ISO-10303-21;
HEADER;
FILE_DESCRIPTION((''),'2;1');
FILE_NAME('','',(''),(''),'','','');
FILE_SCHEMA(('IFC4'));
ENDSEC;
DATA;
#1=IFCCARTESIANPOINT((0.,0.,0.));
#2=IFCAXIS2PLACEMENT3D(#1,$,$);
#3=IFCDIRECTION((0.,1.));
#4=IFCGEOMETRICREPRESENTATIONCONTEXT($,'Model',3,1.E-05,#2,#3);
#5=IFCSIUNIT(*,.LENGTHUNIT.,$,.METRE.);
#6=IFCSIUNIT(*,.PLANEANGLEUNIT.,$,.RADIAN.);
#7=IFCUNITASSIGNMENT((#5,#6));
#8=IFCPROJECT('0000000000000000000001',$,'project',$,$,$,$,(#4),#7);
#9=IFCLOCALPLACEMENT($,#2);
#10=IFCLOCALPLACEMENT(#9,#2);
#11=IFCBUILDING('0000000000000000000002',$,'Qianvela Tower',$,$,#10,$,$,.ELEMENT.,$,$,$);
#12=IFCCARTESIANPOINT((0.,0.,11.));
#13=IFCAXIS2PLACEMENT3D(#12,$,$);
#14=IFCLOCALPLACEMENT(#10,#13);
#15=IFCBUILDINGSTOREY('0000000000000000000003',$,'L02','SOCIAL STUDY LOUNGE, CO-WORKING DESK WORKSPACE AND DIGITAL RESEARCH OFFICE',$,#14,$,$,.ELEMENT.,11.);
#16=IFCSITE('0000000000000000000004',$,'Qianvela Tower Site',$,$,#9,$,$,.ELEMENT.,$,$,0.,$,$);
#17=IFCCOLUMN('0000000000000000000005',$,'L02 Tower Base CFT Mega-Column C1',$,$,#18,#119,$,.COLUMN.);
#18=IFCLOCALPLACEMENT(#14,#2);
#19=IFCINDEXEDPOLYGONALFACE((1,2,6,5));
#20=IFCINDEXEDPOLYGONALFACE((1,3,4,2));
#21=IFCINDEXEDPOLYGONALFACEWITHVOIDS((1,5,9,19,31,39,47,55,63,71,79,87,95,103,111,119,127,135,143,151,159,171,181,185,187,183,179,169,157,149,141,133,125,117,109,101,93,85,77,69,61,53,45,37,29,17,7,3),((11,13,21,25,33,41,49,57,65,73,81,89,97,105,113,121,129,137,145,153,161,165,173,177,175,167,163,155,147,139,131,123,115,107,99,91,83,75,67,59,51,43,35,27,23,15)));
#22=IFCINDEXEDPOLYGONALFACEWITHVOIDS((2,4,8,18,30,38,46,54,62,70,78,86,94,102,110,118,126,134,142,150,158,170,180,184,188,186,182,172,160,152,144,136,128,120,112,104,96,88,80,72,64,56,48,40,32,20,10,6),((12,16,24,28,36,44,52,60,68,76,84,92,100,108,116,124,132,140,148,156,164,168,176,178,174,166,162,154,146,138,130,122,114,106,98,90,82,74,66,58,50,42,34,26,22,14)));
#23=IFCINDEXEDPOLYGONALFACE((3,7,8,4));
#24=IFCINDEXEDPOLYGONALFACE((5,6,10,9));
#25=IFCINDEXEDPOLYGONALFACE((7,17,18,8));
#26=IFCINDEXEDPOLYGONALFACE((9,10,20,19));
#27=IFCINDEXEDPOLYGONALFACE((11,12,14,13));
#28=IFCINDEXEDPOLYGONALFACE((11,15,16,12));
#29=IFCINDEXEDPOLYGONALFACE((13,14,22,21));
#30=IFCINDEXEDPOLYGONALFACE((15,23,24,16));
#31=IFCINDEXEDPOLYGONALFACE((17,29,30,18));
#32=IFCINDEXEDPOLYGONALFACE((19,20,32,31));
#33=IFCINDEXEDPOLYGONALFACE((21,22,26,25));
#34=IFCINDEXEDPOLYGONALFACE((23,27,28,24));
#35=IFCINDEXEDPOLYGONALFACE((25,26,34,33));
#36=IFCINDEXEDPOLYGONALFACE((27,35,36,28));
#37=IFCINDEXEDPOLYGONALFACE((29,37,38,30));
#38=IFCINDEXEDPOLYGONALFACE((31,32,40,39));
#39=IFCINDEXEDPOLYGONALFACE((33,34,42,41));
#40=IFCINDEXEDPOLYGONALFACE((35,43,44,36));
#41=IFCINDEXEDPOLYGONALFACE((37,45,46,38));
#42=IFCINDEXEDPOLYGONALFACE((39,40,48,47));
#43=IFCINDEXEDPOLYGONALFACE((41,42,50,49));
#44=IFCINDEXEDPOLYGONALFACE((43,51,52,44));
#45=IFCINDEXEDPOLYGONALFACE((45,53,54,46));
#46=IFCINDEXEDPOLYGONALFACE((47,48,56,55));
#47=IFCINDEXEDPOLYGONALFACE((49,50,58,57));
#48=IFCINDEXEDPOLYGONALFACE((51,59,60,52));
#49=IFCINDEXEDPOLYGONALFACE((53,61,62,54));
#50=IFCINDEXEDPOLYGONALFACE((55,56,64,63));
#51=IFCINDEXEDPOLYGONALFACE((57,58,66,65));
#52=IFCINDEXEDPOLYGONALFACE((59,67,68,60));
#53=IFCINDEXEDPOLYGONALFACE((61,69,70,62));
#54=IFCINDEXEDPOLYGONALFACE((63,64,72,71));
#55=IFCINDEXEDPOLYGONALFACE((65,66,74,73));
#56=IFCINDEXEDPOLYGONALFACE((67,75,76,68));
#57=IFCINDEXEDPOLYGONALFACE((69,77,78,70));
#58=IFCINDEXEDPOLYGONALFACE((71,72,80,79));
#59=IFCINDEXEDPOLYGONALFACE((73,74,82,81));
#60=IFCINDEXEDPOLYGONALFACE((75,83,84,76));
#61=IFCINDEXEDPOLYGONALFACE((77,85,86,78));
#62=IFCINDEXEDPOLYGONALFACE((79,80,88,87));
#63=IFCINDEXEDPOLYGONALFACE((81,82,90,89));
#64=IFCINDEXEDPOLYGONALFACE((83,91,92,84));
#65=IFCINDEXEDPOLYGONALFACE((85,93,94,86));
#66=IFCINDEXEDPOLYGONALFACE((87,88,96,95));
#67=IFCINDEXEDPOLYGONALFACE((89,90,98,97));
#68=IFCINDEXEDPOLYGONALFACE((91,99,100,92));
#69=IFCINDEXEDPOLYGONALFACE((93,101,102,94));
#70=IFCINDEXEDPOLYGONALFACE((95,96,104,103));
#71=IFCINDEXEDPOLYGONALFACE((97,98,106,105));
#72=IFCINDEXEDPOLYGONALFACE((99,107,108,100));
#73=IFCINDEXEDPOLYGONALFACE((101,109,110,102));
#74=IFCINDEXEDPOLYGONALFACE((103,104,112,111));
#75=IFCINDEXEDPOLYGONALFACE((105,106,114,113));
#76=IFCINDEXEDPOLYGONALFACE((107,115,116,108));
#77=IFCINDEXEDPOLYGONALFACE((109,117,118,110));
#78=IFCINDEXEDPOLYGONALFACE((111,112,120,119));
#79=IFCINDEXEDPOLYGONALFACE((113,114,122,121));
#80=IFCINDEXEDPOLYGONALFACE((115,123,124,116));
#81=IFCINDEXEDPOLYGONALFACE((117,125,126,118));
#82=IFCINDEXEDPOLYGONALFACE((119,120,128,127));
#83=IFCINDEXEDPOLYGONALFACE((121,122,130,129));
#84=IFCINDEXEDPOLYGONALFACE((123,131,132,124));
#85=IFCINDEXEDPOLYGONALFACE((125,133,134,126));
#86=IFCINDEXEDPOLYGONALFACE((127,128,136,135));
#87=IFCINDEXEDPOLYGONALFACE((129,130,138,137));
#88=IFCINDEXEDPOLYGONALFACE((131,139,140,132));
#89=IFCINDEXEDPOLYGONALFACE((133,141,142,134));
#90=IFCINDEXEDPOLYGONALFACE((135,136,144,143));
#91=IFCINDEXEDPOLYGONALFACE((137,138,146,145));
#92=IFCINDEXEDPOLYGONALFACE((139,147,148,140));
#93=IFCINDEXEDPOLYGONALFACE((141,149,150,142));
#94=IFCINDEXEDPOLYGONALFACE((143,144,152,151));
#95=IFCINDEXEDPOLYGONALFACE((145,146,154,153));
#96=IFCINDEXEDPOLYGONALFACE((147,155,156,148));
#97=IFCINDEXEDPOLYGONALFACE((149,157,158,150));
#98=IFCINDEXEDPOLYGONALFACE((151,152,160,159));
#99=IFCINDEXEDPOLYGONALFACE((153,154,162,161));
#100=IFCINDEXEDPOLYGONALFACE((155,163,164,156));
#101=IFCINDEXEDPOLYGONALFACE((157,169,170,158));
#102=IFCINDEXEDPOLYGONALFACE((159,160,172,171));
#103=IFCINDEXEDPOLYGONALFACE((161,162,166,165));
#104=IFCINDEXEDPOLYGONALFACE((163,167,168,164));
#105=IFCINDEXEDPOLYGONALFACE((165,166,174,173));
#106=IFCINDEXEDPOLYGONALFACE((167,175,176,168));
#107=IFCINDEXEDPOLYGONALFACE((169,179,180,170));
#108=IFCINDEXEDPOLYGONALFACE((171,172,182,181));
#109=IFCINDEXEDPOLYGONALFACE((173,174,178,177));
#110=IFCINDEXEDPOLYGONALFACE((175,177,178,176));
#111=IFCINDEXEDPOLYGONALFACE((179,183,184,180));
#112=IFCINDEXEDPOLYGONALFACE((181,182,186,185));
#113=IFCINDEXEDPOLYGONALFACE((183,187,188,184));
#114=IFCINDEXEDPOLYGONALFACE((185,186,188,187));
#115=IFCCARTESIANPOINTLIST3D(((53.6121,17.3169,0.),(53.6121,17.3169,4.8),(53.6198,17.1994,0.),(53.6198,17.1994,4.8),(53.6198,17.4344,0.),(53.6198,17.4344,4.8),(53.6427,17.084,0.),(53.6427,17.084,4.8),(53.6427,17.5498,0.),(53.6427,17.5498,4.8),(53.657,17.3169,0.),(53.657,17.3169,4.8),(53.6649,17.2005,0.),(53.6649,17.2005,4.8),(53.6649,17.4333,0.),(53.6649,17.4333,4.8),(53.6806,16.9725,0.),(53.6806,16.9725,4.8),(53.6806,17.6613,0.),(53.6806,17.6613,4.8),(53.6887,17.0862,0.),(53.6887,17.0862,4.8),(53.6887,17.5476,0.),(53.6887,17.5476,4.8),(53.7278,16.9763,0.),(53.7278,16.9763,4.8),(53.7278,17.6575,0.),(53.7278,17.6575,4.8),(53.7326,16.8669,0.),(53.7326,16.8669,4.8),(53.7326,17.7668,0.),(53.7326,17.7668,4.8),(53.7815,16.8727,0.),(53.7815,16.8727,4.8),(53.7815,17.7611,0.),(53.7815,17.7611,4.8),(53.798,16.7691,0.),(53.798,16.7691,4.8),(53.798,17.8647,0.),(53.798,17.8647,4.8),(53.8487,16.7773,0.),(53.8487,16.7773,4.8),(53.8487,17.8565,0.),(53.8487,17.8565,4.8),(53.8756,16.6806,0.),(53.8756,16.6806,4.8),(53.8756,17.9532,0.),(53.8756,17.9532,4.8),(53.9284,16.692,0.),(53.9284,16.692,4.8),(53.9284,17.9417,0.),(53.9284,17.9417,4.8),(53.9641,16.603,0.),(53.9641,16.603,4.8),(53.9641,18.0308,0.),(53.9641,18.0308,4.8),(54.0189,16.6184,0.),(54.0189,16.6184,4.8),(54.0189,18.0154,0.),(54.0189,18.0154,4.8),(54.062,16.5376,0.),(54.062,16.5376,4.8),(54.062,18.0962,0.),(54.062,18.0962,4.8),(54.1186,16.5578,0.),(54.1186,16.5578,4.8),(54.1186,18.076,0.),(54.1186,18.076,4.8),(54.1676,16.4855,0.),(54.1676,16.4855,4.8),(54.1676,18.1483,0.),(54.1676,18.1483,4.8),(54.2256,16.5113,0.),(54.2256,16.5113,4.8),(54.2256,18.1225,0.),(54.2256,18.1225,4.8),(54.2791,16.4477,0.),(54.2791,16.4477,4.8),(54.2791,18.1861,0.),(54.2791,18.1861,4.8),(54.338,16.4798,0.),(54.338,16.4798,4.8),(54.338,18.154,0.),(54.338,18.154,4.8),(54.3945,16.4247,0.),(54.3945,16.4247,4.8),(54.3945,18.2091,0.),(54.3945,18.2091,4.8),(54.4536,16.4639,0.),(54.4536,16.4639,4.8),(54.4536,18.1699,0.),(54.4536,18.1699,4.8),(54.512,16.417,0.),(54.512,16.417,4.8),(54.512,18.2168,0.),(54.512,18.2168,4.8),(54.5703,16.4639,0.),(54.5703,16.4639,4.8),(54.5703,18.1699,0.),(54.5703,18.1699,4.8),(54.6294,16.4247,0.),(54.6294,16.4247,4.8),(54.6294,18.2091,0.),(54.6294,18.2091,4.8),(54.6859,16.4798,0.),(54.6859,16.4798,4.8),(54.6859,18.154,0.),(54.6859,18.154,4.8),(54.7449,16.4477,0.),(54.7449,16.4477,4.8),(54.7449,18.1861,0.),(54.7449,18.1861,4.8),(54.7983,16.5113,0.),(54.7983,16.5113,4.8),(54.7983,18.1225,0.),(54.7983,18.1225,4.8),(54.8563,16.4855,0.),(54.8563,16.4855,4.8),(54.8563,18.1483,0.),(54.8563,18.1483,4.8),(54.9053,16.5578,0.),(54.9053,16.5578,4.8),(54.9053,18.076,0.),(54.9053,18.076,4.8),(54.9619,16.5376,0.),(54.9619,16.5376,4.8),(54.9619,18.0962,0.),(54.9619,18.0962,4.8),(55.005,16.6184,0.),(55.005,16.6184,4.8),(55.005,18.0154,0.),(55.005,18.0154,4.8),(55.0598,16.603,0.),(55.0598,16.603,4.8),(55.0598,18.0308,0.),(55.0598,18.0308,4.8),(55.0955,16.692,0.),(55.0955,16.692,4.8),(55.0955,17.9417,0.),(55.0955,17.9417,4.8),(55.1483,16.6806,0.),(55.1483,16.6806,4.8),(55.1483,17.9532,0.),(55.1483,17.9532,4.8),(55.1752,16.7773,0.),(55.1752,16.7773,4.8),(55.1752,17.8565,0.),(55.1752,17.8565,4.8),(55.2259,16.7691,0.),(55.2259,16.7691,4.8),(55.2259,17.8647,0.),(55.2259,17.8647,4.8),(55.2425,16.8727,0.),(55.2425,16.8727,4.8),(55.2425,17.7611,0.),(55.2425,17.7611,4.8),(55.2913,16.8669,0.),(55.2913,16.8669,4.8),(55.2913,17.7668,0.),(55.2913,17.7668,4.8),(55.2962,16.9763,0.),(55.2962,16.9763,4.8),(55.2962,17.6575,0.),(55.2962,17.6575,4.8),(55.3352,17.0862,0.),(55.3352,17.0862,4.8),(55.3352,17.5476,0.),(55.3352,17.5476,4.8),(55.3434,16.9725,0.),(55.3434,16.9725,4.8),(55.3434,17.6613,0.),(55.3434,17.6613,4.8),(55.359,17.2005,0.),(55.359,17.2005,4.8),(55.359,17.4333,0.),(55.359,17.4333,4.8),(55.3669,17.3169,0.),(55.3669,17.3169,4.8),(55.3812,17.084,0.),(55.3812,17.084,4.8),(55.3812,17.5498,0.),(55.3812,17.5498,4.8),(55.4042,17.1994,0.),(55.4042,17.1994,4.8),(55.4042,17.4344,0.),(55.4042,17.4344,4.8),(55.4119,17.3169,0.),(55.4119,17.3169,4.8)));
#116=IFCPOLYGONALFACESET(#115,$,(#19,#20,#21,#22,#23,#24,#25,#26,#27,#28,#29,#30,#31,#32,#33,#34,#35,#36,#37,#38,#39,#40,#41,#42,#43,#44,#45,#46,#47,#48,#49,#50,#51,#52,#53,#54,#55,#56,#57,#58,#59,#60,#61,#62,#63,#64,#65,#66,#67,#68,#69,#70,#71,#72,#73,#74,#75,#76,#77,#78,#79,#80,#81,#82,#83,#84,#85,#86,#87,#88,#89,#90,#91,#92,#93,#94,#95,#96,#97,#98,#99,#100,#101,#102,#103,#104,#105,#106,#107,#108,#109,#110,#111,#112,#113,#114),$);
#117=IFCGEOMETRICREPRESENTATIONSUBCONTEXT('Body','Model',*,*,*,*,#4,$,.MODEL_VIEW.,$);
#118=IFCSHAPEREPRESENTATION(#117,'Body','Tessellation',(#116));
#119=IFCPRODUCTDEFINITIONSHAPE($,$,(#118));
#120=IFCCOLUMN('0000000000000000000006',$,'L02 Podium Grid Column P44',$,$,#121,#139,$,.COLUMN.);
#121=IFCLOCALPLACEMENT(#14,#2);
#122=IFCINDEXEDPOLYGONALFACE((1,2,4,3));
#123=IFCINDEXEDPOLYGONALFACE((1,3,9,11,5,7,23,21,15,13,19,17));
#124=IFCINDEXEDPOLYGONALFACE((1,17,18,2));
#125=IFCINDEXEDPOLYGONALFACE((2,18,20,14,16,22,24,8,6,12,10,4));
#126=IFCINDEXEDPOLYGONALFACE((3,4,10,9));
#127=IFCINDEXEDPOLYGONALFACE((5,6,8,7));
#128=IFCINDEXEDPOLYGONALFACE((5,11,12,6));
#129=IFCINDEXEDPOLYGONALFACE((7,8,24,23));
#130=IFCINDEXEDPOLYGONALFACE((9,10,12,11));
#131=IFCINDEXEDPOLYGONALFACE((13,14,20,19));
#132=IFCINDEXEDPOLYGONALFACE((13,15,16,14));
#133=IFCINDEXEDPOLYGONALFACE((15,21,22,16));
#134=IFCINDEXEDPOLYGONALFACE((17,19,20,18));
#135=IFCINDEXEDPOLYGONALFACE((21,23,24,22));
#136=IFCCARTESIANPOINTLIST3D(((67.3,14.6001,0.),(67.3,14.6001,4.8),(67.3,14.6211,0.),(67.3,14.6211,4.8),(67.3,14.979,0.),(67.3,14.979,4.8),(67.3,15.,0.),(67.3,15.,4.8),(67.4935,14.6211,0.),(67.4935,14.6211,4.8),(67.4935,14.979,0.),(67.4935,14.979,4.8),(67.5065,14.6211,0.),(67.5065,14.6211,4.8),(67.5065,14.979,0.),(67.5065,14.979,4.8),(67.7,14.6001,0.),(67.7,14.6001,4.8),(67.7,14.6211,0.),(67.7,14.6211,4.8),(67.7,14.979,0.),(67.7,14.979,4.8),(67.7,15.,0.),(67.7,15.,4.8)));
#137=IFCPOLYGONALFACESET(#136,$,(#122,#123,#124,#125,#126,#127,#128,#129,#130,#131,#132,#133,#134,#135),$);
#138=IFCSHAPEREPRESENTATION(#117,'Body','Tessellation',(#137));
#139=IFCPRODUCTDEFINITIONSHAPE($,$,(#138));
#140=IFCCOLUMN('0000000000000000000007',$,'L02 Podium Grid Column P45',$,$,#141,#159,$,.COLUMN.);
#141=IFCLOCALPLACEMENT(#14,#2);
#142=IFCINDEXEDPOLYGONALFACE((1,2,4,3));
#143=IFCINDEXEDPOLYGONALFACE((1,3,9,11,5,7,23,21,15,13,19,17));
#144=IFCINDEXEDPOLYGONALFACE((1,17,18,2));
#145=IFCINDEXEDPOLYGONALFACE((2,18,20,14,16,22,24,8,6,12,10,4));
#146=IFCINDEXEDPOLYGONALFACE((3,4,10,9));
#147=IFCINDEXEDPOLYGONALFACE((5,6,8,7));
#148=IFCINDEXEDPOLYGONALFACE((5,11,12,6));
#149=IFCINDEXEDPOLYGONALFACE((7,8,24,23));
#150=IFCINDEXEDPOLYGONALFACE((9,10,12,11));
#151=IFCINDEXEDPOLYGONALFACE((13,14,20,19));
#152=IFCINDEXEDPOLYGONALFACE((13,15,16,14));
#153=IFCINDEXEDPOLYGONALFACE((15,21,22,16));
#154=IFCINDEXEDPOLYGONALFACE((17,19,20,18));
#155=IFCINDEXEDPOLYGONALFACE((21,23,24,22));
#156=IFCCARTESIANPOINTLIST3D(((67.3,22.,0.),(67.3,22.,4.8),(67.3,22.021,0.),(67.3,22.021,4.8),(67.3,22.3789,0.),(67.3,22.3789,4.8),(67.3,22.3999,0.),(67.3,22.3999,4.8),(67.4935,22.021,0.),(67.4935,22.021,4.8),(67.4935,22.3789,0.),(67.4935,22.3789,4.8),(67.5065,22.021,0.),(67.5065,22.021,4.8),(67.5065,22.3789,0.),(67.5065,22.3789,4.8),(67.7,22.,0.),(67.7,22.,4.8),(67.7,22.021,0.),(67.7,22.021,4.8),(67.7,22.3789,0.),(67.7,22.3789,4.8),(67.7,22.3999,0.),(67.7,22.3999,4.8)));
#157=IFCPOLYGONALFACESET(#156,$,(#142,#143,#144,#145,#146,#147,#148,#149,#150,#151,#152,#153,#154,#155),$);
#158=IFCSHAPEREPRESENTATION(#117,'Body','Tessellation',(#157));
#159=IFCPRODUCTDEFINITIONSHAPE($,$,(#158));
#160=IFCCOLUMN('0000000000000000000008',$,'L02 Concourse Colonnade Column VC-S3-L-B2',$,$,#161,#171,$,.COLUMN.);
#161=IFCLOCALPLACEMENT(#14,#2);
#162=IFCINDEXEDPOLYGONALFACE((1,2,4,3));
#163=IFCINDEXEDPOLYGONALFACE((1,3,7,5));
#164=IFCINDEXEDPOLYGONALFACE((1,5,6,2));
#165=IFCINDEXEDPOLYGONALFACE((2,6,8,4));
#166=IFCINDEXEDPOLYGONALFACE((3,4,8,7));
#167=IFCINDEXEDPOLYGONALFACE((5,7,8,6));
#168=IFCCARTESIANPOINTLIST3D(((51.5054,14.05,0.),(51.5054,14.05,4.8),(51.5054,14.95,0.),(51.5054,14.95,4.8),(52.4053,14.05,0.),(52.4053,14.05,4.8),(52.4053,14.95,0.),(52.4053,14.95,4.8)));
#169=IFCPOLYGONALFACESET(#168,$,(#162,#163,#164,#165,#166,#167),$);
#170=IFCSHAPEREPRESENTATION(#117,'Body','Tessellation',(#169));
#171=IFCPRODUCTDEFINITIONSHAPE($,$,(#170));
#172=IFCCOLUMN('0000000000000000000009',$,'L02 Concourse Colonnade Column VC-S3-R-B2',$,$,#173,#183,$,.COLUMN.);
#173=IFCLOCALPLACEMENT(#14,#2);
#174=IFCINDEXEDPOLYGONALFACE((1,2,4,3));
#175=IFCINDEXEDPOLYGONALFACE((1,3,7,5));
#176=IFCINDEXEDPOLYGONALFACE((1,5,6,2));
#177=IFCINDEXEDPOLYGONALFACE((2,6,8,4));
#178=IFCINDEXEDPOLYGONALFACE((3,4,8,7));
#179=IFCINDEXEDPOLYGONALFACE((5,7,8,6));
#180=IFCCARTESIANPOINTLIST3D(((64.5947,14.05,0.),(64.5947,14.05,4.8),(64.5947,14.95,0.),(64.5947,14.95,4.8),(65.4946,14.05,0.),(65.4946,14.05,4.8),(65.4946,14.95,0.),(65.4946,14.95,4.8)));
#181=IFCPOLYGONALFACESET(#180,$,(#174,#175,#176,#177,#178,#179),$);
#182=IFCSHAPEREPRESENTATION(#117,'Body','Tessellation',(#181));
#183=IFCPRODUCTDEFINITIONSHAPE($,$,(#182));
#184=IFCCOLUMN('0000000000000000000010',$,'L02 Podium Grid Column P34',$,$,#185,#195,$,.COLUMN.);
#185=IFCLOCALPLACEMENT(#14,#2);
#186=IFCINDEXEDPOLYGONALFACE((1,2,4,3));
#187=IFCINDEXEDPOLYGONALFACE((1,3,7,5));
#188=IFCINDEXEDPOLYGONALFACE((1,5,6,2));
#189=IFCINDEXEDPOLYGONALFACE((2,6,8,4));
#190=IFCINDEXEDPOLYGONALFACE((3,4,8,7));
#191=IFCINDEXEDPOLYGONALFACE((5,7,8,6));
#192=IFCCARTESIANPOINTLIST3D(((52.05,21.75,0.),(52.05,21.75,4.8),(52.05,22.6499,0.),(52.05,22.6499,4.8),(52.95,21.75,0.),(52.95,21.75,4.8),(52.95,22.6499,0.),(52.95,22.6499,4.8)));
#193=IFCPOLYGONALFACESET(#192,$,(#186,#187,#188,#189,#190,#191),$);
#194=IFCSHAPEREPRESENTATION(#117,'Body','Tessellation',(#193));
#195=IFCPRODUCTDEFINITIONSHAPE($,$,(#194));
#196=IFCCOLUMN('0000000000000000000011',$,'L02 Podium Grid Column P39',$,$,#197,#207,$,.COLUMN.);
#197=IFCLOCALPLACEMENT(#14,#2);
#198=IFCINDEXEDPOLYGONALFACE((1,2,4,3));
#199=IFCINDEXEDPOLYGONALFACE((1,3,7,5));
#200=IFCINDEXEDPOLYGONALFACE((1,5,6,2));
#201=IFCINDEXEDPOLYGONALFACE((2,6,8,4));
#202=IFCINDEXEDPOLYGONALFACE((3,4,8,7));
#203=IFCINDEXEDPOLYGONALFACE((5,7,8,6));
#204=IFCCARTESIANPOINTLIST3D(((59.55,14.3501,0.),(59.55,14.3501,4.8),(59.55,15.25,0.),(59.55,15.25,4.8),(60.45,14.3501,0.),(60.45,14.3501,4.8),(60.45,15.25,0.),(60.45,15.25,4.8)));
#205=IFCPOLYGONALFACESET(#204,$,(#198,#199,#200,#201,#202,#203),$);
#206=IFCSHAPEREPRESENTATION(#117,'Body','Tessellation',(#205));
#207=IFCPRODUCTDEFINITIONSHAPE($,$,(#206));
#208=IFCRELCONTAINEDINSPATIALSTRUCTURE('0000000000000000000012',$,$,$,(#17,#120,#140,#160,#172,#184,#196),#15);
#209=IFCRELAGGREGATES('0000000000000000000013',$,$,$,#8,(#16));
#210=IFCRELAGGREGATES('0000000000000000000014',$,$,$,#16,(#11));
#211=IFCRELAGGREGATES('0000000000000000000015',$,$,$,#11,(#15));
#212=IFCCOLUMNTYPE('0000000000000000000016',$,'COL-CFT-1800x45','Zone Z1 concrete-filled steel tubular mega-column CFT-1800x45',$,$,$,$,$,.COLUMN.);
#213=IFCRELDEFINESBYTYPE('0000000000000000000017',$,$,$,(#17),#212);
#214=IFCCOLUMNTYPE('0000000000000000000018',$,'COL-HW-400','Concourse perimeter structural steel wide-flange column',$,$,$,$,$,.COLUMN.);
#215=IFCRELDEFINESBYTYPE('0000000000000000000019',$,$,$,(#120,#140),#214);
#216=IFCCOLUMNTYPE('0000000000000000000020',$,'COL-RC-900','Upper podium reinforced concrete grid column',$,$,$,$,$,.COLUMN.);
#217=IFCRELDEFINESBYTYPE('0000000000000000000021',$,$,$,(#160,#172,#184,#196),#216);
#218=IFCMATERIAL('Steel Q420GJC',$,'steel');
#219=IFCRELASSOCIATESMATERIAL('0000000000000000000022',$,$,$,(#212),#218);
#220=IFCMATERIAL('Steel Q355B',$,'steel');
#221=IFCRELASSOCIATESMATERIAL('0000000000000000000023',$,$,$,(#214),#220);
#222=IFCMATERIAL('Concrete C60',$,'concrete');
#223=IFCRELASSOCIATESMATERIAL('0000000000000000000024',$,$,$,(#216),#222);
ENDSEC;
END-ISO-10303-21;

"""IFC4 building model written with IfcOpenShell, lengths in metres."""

from ifc_helpers import new_model, si_unit, direction, frame, origin, origin_2d, place, context, subcontext, project, spatial, rectangle, hollow_circle, i_section, extrude, material, material_profile, profile_set, type_object, element, save


model = new_model("IFC4")

# Units and contexts
model_context = context("Model", 3, precision=1e-05, world=origin(), true_north=direction((0.0, 1.0)))
body_context = subcontext(model_context, "Body", "Model", "MODEL_VIEW")
ifc_project = project(units=[si_unit("LENGTHUNIT", "METRE"), si_unit("PLANEANGLEUNIT", "RADIAN")], contexts=[model_context])

# Site, building, storey
site_placement = place(None, origin())
site = spatial("IfcSite", under=ifc_project, at=site_placement, Name="Qianvela Tower Site", CompositionType="ELEMENT", RefElevation=0.0)
building_placement = place(site_placement, origin())
building = spatial("IfcBuilding", under=site, at=building_placement, Name="Qianvela Tower", CompositionType="ELEMENT")
storey_placement = place(building_placement, frame((0.0, 0.0, 11.0)))
storey = spatial("IfcBuildingStorey", under=building, at=storey_placement, Name="L02", Description="SOCIAL STUDY LOUNGE, CO-WORKING DESK WORKSPACE AND DIGITAL RESEARCH OFFICE", CompositionType="ELEMENT", Elevation=11.0)

# Columns
ifc_material_1 = material(Name="Steel Q420GJC", Category="steel")
ifc_material_profile_1 = material_profile(ifc_material_1, hollow_circle(Radius=0.8999, WallThickness=0.0449, at=origin_2d()), Name="CFT-1800x45")
ifc_profile_set_1 = profile_set([ifc_material_profile_1], Name="Steel Q420GJC")
column_type_1 = type_object("IfcColumnType", Name="COL-CFT-1800x45", Description="Zone Z1 concrete-filled steel tubular mega-column CFT-1800x45", PredefinedType="COLUMN", material=ifc_profile_set_1)
column_placement = place(storey_placement, frame((54.512, 17.3169, 0.0), z_axis=(0.0, 0.0, 1.0), x_axis=(1.0, 0.0, 0.0)))
element("IfcColumn", 1, at=column_placement, inside=storey, type_object=column_type_1, Name="L02 Tower Base CFT Mega-Column C1", PredefinedType="COLUMN", context=body_context, shape_type="SweptSolid", body=[
    extrude(hollow_circle(Radius=0.8999, WallThickness=0.0449, at=origin_2d()), origin(), (0.0, 0.0, 1.0), 4.8),
])
ifc_material_2 = material(Name="Steel Q355B", Category="steel")
ifc_material_profile_2 = material_profile(ifc_material_2, i_section(OverallWidth=0.3999, OverallDepth=0.3999, WebThickness=0.0129, FlangeThickness=0.021, at=origin_2d()), Name="HW400x400x13x21")
ifc_profile_set_2 = profile_set([ifc_material_profile_2], Name="Steel Q355B")
column_type_2 = type_object("IfcColumnType", Name="COL-HW-400", Description="Concourse perimeter structural steel wide-flange column", PredefinedType="COLUMN", material=ifc_profile_set_2)
for number, where, z_axis, x_axis, name in (
    (2, (67.5, 14.8, 0.0), (0.0, 0.0, 1.0), (1.0, 0.0, 0.0), "L02 Podium Grid Column P44"),
    (3, (67.5, 22.2, 0.0), (0.0, 0.0, 1.0), (1.0, 0.0, 0.0), "L02 Podium Grid Column P45"),
):
    element("IfcColumn", number, at=place(storey_placement, frame(where, z_axis=z_axis, x_axis=x_axis)), inside=storey, type_object=column_type_2, Name=name, PredefinedType="COLUMN", context=body_context, shape_type="SweptSolid", body=[
        extrude(i_section(OverallWidth=0.3999, OverallDepth=0.3999, WebThickness=0.0129, FlangeThickness=0.021, at=origin_2d()), origin(), (0.0, 0.0, 1.0), 4.8),
    ])
ifc_material_3 = material(Name="Concrete C60", Category="concrete")
ifc_material_profile_3 = material_profile(ifc_material_3, rectangle(XDim=0.8999, YDim=0.8999, at=origin_2d()), Name="RC-COL-900x900")
ifc_profile_set_3 = profile_set([ifc_material_profile_3], Name="Concrete C60")
column_type_3 = type_object("IfcColumnType", Name="COL-RC-900", Description="Upper podium reinforced concrete grid column", PredefinedType="COLUMN", material=ifc_profile_set_3)
for number, where, z_axis, x_axis, name in (
    (4, (51.9553, 14.5, 0.0), (0.0, 0.0, 1.0), (1.0, 0.0, 0.0), "L02 Concourse Colonnade Column VC-S3-L-B2"),
    (5, (65.0447, 14.5, 0.0), (0.0, 0.0, 1.0), (1.0, 0.0, 0.0), "L02 Concourse Colonnade Column VC-S3-R-B2"),
    (6, (52.5, 22.2, 0.0), (0.0, 0.0, 1.0), (1.0, 0.0, 0.0), "L02 Podium Grid Column P34"),
    (7, (60.0, 14.8, 0.0), (0.0, 0.0, 1.0), (1.0, 0.0, 0.0), "L02 Podium Grid Column P39"),
):
    element("IfcColumn", number, at=place(storey_placement, frame(where, z_axis=z_axis, x_axis=x_axis)), inside=storey, type_object=column_type_3, Name=name, PredefinedType="COLUMN", context=body_context, shape_type="SweptSolid", body=[
        extrude(rectangle(XDim=0.8999, YDim=0.8999, at=origin_2d()), origin(), (0.0, 0.0, 1.0), 4.8),
    ])

save(model, "model.ifc")
